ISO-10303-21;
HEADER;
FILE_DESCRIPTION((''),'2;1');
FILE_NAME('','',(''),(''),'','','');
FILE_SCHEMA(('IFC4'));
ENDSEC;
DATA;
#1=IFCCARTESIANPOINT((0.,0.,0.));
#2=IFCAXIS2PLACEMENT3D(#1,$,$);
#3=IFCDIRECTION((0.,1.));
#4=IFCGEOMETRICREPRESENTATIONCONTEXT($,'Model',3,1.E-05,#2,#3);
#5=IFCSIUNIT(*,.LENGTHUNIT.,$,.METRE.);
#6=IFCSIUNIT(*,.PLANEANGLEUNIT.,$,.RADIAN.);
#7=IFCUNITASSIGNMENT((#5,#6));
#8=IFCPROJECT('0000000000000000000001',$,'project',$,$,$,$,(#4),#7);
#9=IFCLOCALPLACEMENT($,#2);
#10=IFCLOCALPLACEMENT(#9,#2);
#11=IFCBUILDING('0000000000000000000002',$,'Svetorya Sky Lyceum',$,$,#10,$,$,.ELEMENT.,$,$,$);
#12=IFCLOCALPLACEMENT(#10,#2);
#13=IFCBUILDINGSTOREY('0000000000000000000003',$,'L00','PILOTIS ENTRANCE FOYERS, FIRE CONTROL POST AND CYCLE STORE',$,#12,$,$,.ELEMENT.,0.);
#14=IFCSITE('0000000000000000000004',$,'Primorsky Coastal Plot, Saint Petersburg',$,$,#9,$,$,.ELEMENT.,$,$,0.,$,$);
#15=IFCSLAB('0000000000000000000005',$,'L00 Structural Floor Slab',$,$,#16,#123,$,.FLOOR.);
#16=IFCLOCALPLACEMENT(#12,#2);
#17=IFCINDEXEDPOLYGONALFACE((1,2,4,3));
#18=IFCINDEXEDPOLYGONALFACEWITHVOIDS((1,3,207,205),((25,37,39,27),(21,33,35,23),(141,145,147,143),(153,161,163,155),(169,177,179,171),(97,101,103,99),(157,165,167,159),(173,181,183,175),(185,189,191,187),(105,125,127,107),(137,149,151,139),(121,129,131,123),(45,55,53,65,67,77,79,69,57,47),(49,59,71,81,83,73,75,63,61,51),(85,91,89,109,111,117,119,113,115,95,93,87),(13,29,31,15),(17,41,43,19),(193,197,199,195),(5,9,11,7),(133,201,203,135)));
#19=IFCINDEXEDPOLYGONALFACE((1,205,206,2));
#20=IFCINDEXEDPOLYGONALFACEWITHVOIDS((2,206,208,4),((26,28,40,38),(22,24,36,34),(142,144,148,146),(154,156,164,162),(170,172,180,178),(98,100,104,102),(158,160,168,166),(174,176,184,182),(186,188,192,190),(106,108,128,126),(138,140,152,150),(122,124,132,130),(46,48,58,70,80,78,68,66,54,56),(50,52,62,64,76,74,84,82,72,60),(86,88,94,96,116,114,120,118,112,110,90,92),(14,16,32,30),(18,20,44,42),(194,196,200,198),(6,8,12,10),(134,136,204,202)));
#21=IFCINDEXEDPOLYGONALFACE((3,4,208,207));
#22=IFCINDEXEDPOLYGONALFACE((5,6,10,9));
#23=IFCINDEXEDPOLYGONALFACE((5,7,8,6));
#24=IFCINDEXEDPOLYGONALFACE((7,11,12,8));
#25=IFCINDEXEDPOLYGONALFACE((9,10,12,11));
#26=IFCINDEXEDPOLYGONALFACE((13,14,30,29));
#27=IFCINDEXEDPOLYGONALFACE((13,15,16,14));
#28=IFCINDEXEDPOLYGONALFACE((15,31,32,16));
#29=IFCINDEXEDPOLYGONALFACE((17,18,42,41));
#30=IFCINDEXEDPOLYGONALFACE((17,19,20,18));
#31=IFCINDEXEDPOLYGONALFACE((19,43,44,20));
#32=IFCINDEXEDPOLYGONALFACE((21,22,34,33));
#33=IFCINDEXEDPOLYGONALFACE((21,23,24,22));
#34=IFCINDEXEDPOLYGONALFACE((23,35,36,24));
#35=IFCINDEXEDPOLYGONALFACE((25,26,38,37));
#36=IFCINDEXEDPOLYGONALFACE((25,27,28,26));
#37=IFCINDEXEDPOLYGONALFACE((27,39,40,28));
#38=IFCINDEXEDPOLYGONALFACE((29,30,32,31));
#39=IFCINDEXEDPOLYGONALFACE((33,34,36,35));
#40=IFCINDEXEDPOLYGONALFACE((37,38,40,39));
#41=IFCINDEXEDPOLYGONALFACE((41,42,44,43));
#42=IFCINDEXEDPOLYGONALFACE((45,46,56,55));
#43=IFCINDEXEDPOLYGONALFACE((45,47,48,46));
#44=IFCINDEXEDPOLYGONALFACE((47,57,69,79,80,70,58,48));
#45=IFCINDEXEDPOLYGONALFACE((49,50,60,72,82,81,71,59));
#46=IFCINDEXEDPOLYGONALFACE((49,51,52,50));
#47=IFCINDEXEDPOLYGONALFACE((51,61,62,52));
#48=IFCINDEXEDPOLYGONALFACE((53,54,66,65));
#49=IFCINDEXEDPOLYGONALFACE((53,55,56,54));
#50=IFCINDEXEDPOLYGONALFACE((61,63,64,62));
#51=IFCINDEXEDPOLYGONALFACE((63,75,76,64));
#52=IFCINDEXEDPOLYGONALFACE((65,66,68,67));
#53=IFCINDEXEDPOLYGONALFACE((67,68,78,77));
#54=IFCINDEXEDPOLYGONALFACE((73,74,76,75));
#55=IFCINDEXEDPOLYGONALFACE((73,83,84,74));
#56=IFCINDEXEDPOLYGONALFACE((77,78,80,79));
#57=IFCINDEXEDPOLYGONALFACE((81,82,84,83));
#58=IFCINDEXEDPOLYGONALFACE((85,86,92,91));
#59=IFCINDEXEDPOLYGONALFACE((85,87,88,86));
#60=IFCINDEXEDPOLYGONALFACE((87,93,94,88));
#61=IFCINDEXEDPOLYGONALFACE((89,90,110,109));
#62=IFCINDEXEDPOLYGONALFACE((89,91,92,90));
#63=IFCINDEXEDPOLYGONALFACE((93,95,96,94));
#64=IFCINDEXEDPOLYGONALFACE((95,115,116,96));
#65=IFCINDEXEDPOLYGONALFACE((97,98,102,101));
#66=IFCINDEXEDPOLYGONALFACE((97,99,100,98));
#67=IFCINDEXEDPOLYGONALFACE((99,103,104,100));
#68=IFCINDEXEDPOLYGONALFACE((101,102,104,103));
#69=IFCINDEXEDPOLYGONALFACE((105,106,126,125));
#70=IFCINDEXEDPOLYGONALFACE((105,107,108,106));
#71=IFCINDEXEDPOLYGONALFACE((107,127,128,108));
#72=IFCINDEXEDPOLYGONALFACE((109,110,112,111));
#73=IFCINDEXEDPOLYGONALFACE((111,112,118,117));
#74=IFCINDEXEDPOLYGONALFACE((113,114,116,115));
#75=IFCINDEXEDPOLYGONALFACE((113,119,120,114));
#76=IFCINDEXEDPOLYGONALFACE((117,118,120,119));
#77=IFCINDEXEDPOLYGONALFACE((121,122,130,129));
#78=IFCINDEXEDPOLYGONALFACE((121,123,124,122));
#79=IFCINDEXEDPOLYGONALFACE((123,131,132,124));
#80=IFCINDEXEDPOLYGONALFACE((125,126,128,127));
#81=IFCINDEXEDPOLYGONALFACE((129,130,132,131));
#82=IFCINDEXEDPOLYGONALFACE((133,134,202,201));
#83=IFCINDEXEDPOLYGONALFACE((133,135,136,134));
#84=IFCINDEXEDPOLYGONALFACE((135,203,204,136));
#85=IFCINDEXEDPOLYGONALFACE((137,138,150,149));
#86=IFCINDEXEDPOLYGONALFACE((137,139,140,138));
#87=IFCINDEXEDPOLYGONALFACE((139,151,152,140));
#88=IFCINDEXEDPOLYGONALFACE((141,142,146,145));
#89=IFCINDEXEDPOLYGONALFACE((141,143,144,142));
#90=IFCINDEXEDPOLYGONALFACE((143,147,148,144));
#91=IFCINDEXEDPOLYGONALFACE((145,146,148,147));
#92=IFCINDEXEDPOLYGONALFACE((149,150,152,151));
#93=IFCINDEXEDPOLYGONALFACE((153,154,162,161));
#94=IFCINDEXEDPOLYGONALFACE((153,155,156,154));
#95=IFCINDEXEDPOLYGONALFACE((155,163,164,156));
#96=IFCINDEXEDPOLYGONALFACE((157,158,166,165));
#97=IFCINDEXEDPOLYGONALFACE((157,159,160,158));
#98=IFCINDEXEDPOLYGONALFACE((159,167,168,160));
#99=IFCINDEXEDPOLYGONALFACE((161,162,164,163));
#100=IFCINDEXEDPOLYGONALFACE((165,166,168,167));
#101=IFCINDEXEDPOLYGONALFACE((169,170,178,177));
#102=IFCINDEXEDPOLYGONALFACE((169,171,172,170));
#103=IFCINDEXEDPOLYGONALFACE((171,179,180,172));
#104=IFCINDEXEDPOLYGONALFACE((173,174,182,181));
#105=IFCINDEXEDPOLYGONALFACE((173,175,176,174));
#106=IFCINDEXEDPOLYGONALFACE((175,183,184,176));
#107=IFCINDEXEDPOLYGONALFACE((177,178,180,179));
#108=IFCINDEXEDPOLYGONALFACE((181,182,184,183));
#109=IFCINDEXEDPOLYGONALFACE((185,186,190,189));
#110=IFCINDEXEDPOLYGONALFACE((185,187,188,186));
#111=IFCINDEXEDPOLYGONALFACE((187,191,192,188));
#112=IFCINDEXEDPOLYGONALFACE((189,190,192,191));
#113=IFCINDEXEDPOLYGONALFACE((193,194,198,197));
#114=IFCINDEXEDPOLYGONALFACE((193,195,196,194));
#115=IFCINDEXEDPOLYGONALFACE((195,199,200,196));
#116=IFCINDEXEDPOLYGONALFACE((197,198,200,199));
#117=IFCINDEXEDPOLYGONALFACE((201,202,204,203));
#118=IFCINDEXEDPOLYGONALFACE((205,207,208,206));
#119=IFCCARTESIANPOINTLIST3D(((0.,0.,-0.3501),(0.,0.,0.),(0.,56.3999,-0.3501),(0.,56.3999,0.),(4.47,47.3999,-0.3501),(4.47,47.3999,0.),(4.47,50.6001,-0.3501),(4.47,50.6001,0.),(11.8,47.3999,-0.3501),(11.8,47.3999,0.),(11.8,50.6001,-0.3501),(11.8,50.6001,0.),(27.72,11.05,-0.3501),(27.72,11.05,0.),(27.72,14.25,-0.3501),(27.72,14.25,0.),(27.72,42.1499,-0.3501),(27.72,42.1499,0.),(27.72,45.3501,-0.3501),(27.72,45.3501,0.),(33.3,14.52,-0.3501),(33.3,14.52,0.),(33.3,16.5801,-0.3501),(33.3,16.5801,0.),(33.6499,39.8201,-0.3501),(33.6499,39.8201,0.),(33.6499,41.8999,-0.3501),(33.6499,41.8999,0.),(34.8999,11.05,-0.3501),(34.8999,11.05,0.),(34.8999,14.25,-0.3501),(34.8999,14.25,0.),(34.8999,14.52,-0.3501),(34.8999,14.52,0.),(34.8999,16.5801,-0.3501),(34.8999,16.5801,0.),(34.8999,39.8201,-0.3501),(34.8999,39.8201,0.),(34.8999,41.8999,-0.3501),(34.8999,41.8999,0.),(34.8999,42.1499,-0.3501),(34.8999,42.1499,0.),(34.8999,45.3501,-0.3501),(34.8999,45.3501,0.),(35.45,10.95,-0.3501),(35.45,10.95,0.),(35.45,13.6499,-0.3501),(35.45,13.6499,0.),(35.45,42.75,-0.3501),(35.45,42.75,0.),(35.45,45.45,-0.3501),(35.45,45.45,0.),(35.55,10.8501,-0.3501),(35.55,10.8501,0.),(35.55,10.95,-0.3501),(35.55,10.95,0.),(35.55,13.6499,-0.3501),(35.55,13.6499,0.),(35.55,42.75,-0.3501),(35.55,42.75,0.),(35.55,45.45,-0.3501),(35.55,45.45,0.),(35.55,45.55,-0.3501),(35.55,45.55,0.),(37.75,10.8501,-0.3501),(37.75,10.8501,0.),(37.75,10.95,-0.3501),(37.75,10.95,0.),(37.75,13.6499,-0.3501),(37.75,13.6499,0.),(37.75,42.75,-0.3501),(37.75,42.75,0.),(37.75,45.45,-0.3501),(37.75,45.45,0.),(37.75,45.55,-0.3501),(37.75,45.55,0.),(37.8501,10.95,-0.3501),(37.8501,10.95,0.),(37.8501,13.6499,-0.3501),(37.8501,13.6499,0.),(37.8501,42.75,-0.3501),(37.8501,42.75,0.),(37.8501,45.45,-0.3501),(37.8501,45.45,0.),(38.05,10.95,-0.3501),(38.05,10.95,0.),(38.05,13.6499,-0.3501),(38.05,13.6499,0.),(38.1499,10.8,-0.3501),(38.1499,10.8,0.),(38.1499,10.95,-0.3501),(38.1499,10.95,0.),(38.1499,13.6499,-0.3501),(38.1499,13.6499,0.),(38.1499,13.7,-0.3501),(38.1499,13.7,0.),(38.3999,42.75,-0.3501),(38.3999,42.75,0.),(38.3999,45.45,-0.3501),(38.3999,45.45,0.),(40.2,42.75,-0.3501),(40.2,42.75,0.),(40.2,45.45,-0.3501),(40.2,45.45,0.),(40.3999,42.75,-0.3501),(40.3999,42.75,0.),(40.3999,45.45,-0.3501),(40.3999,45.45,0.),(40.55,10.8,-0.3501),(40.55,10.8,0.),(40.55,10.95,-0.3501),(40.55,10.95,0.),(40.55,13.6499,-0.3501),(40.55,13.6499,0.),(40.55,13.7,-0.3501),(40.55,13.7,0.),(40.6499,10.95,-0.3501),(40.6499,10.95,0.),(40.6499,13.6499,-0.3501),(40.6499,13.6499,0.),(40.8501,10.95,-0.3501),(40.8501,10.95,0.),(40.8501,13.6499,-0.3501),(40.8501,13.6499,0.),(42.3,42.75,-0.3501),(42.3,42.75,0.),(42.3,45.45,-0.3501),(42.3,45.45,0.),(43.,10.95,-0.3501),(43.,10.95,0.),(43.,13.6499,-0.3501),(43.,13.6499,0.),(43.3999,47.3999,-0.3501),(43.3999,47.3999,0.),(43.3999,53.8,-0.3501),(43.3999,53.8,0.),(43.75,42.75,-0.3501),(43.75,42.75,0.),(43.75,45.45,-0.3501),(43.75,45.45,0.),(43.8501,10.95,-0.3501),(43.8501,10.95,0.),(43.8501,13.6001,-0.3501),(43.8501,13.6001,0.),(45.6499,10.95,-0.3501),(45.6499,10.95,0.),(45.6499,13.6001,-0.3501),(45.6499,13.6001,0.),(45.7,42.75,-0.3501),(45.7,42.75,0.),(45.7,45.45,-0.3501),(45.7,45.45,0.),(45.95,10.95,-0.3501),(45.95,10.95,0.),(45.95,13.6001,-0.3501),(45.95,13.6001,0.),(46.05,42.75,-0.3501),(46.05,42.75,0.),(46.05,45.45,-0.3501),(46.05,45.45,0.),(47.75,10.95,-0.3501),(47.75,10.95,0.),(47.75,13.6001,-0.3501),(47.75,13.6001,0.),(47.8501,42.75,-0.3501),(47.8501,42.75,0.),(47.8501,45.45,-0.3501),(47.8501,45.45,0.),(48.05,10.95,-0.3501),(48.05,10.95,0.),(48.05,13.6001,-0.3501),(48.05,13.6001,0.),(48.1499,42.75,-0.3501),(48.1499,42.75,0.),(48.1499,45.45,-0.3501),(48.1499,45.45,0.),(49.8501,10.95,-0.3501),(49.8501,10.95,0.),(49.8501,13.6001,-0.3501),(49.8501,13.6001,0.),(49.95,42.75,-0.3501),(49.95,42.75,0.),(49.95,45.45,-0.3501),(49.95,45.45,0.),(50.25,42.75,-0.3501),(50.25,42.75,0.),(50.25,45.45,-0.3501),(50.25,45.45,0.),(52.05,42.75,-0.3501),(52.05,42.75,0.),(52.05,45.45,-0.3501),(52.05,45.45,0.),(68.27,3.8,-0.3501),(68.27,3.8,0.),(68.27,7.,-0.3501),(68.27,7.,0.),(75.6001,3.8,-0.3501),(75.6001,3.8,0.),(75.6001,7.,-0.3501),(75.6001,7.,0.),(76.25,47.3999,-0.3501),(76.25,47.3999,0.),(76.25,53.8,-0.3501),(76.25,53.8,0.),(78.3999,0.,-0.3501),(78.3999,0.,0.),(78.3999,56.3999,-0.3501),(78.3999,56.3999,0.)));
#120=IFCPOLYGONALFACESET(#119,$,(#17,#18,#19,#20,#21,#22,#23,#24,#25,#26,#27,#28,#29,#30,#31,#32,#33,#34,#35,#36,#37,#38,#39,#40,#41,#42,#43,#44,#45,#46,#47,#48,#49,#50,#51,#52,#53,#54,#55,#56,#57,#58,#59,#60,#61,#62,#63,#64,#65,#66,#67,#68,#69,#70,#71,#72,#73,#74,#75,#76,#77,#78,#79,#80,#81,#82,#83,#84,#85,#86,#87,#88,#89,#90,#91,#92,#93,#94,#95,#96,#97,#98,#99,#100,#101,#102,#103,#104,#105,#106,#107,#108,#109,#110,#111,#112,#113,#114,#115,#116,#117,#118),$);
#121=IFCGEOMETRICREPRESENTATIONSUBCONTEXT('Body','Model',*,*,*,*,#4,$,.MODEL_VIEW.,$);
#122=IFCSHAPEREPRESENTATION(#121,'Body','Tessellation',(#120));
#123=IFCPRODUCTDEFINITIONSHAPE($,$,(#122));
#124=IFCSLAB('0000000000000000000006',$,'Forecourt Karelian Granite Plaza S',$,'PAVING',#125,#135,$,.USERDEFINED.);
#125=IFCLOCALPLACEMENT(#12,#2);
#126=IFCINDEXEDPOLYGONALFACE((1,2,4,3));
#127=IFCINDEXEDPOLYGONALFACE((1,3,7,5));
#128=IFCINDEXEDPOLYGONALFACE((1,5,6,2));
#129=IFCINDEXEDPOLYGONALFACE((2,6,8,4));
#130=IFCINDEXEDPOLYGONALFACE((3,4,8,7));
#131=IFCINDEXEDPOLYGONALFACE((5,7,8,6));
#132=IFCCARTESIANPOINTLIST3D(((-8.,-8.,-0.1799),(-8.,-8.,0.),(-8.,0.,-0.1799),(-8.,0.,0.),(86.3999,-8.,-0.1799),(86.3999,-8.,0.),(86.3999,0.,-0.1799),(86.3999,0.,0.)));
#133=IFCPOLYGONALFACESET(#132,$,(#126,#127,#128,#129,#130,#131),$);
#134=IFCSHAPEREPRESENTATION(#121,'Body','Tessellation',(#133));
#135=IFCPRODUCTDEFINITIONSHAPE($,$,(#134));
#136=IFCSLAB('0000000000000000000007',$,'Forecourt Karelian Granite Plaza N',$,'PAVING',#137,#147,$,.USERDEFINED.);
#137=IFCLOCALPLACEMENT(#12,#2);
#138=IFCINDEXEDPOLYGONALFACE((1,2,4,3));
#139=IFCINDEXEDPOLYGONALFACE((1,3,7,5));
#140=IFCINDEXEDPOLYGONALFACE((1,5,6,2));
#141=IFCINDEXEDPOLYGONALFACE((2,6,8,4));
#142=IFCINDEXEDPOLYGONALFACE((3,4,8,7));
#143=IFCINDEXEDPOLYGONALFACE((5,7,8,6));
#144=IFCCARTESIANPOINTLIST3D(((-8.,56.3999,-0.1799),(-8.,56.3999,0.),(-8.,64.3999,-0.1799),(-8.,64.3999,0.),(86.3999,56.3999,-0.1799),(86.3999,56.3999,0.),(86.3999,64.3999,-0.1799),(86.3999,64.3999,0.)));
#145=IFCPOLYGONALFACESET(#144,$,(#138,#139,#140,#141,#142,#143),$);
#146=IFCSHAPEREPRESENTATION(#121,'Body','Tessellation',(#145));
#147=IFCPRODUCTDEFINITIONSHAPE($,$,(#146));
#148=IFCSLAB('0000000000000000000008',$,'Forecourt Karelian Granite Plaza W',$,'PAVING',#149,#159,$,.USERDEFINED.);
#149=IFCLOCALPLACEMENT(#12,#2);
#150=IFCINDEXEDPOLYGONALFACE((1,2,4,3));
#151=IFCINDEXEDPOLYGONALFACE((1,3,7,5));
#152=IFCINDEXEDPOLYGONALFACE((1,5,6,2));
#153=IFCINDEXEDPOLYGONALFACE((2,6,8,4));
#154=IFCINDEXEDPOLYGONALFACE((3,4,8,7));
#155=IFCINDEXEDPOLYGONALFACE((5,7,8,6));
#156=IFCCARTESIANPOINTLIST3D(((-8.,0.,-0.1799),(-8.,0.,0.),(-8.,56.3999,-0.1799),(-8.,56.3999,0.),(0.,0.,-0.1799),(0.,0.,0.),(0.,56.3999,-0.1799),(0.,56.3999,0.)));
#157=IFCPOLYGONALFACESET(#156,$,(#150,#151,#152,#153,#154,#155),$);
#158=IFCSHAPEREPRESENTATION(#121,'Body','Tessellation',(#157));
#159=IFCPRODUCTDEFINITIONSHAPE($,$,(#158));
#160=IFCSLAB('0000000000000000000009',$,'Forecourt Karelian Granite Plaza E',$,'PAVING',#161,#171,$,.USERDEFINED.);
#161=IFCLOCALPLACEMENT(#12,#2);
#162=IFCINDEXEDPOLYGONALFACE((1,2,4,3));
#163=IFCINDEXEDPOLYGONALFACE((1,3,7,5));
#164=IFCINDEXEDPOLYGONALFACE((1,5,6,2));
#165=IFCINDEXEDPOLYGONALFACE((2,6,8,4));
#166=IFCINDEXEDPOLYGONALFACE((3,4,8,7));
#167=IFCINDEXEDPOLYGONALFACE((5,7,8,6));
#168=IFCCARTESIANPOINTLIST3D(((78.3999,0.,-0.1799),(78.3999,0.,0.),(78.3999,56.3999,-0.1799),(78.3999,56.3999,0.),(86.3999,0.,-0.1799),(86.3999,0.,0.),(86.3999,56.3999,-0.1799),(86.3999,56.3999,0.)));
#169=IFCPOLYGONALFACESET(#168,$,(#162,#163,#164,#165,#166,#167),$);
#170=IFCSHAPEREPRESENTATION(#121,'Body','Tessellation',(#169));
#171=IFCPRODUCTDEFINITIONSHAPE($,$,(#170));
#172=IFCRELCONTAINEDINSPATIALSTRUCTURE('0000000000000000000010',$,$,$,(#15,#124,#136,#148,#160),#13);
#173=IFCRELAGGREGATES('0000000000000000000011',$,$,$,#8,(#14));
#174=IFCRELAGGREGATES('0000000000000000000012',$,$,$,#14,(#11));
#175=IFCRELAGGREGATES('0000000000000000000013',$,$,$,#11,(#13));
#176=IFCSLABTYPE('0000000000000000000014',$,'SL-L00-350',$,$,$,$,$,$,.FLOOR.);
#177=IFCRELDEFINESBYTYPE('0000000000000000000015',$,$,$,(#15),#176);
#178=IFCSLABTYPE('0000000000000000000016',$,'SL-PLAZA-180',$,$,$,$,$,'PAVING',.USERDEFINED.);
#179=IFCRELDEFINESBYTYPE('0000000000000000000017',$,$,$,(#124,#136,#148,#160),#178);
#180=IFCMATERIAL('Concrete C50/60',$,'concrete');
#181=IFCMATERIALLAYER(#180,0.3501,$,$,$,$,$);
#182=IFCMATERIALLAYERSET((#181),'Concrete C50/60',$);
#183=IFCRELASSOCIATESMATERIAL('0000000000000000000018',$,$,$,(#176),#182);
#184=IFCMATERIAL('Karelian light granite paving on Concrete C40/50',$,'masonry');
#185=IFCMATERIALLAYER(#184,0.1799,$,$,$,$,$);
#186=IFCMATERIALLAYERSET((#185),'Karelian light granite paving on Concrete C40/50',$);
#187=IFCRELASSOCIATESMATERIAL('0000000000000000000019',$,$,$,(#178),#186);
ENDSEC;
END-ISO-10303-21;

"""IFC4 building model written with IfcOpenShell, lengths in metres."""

from ifc_helpers import new_model, si_unit, direction, frame, origin, place, context, subcontext, project, spatial, polyline, outline, extrude, material, layer, layer_set, type_object, element, save


model = new_model("IFC4")

# Units and contexts
model_context = context("Model", 3, precision=1e-05, world=origin(), true_north=direction((0.0, 1.0)))
body_context = subcontext(model_context, "Body", "Model", "MODEL_VIEW")
ifc_project = project(units=[si_unit("LENGTHUNIT", "METRE"), si_unit("PLANEANGLEUNIT", "RADIAN")], contexts=[model_context])

# Site, building, storey
site_placement = place(None, origin())
site = spatial("IfcSite", under=ifc_project, at=site_placement, Name="Primorsky Coastal Plot, Saint Petersburg", CompositionType="ELEMENT", RefElevation=0.0)
building_placement = place(site_placement, origin())
building = spatial("IfcBuilding", under=site, at=building_placement, Name="Svetorya Sky Lyceum", CompositionType="ELEMENT")
storey_placement = place(building_placement, origin())
storey = spatial("IfcBuildingStorey", under=building, at=storey_placement, Name="L00", Description="PILOTIS ENTRANCE FOYERS, FIRE CONTROL POST AND CYCLE STORE", CompositionType="ELEMENT", Elevation=0.0)

# Shared definitions
ifc_material_1 = material(Name="Concrete C50/60", Category="concrete")

# Slabs
ifc_layer_1 = layer(ifc_material_1, 0.3501)
ifc_layer_set_1 = layer_set([ifc_layer_1], Name="Concrete C50/60")
slab_type_1 = type_object("IfcSlabType", Name="SL-L00-350", PredefinedType="FLOOR", material=ifc_layer_set_1)
slab_1_placement = place(storey_placement, frame((0.0, 0.0, -0.3501)))
element("IfcSlab", 1, at=slab_1_placement, inside=storey, type_object=slab_type_1, Name="L00 Structural Floor Slab", PredefinedType="FLOOR", context=body_context, shape_type="SweptSolid", body=[
    extrude(outline(polyline([(0.0, 0.0), (78.3999, 0.0), (78.3999, 56.3999), (0.0, 56.3999), (0.0, 0.0)]), holes=[polyline([(37.8501, 10.95), (37.75, 10.95), (37.75, 10.8501), (35.55, 10.8501), (35.55, 10.95), (35.45, 10.95), (35.45, 13.6499), (35.55, 13.6499), (37.75, 13.6499), (37.8501, 13.6499), (37.8501, 10.95)]), polyline([(40.6499, 13.6499), (40.6499, 10.95), (40.55, 10.95), (40.55, 10.8), (38.1499, 10.8), (38.1499, 10.95), (38.05, 10.95), (38.05, 13.6499), (38.1499, 13.6499), (38.1499, 13.7), (40.55, 13.7), (40.55, 13.6499), (40.6499, 13.6499)]), polyline([(27.72, 14.25), (34.8999, 14.25), (34.8999, 11.05), (27.72, 11.05), (27.72, 14.25)]), polyline([(33.3, 14.52), (33.3, 16.5801), (34.8999, 16.5801), (34.8999, 14.52), (33.3, 14.52)]), polyline([(33.6499, 41.8999), (34.8999, 41.8999), (34.8999, 39.8201), (33.6499, 39.8201), (33.6499, 41.8999)]), polyline([(27.72, 45.3501), (34.8999, 45.3501), (34.8999, 42.1499), (27.72, 42.1499), (27.72, 45.3501)]), polyline([(37.75, 45.55), (37.75, 45.45), (37.8501, 45.45), (37.8501, 42.75), (37.75, 42.75), (35.55, 42.75), (35.45, 42.75), (35.45, 45.45), (35.55, 45.45), (35.55, 45.55), (37.75, 45.55)]), polyline([(38.3999, 45.45), (40.2, 45.45), (40.2, 42.75), (38.3999, 42.75), (38.3999, 45.45)]), polyline([(4.47, 47.3999), (4.47, 50.6001), (11.8, 50.6001), (11.8, 47.3999), (4.47, 47.3999)]), polyline([(68.27, 7.0), (75.6001, 7.0), (75.6001, 3.8), (68.27, 3.8), (68.27, 7.0)]), polyline([(43.8501, 13.6001), (45.6499, 13.6001), (45.6499, 10.95), (43.8501, 10.95), (43.8501, 13.6001)]), polyline([(45.95, 10.95), (45.95, 13.6001), (47.75, 13.6001), (47.75, 10.95), (45.95, 10.95)]), polyline([(48.05, 13.6001), (49.8501, 13.6001), (49.8501, 10.95), (48.05, 10.95), (48.05, 13.6001)]), polyline([(40.8501, 13.6499), (43.0, 13.6499), (43.0, 10.95), (40.8501, 10.95), (40.8501, 13.6499)]), polyline([(40.3999, 42.75), (40.3999, 45.45), (42.3, 45.45), (42.3, 42.75), (40.3999, 42.75)]), polyline([(43.75, 45.45), (45.7, 45.45), (45.7, 42.75), (43.75, 42.75), (43.75, 45.45)]), polyline([(46.05, 45.45), (47.8501, 45.45), (47.8501, 42.75), (46.05, 42.75), (46.05, 45.45)]), polyline([(48.1499, 42.75), (48.1499, 45.45), (49.95, 45.45), (49.95, 42.75), (48.1499, 42.75)]), polyline([(50.25, 45.45), (52.05, 45.45), (52.05, 42.75), (50.25, 42.75), (50.25, 45.45)]), polyline([(43.3999, 53.8), (76.25, 53.8), (76.25, 47.3999), (43.3999, 47.3999), (43.3999, 53.8)])]), origin(), (0.0, 0.0, 1.0), 0.3501),
])
ifc_material_2 = material(Name="Karelian light granite paving on Concrete C40/50", Category="masonry")
ifc_layer_2 = layer(ifc_material_2, 0.1799)
ifc_layer_set_2 = layer_set([ifc_layer_2], Name="Karelian light granite paving on Concrete C40/50")
slab_type_2 = type_object("IfcSlabType", Name="SL-PLAZA-180", ElementType="PAVING", PredefinedType="USERDEFINED", material=ifc_layer_set_2)
slab_2_placement = place(storey_placement, frame((0.0, 0.0, -0.1799)))
element("IfcSlab", 2, at=slab_2_placement, inside=storey, type_object=slab_type_2, Name="Forecourt Karelian Granite Plaza S", ObjectType="PAVING", PredefinedType="USERDEFINED", context=body_context, shape_type="SweptSolid", body=[
    extrude(outline(polyline([(-8.0, -8.0), (86.3999, -8.0), (86.3999, 0.0), (-8.0, 0.0), (-8.0, -8.0)])), origin(), (0.0, 0.0, 1.0), 0.1799),
])
slab_3_placement = place(storey_placement, frame((0.0, 0.0, -0.1799)))
element("IfcSlab", 3, at=slab_3_placement, inside=storey, type_object=slab_type_2, Name="Forecourt Karelian Granite Plaza N", ObjectType="PAVING", PredefinedType="USERDEFINED", context=body_context, shape_type="SweptSolid", body=[
    extrude(outline(polyline([(-8.0, 56.3999), (86.3999, 56.3999), (86.3999, 64.3999), (-8.0, 64.3999), (-8.0, 56.3999)])), origin(), (0.0, 0.0, 1.0), 0.1799),
])
slab_4_placement = place(storey_placement, frame((0.0, 0.0, -0.1799)))
element("IfcSlab", 4, at=slab_4_placement, inside=storey, type_object=slab_type_2, Name="Forecourt Karelian Granite Plaza W", ObjectType="PAVING", PredefinedType="USERDEFINED", context=body_context, shape_type="SweptSolid", body=[
    extrude(outline(polyline([(-8.0, 0.0), (0.0, 0.0), (0.0, 56.3999), (-8.0, 56.3999), (-8.0, 0.0)])), origin(), (0.0, 0.0, 1.0), 0.1799),
])
slab_5_placement = place(storey_placement, frame((0.0, 0.0, -0.1799)))
element("IfcSlab", 5, at=slab_5_placement, inside=storey, type_object=slab_type_2, Name="Forecourt Karelian Granite Plaza E", ObjectType="PAVING", PredefinedType="USERDEFINED", context=body_context, shape_type="SweptSolid", body=[
    extrude(outline(polyline([(78.3999, 0.0), (86.3999, 0.0), (86.3999, 56.3999), (78.3999, 56.3999), (78.3999, 0.0)])), origin(), (0.0, 0.0, 1.0), 0.1799),
])

save(model, "model.ifc")
